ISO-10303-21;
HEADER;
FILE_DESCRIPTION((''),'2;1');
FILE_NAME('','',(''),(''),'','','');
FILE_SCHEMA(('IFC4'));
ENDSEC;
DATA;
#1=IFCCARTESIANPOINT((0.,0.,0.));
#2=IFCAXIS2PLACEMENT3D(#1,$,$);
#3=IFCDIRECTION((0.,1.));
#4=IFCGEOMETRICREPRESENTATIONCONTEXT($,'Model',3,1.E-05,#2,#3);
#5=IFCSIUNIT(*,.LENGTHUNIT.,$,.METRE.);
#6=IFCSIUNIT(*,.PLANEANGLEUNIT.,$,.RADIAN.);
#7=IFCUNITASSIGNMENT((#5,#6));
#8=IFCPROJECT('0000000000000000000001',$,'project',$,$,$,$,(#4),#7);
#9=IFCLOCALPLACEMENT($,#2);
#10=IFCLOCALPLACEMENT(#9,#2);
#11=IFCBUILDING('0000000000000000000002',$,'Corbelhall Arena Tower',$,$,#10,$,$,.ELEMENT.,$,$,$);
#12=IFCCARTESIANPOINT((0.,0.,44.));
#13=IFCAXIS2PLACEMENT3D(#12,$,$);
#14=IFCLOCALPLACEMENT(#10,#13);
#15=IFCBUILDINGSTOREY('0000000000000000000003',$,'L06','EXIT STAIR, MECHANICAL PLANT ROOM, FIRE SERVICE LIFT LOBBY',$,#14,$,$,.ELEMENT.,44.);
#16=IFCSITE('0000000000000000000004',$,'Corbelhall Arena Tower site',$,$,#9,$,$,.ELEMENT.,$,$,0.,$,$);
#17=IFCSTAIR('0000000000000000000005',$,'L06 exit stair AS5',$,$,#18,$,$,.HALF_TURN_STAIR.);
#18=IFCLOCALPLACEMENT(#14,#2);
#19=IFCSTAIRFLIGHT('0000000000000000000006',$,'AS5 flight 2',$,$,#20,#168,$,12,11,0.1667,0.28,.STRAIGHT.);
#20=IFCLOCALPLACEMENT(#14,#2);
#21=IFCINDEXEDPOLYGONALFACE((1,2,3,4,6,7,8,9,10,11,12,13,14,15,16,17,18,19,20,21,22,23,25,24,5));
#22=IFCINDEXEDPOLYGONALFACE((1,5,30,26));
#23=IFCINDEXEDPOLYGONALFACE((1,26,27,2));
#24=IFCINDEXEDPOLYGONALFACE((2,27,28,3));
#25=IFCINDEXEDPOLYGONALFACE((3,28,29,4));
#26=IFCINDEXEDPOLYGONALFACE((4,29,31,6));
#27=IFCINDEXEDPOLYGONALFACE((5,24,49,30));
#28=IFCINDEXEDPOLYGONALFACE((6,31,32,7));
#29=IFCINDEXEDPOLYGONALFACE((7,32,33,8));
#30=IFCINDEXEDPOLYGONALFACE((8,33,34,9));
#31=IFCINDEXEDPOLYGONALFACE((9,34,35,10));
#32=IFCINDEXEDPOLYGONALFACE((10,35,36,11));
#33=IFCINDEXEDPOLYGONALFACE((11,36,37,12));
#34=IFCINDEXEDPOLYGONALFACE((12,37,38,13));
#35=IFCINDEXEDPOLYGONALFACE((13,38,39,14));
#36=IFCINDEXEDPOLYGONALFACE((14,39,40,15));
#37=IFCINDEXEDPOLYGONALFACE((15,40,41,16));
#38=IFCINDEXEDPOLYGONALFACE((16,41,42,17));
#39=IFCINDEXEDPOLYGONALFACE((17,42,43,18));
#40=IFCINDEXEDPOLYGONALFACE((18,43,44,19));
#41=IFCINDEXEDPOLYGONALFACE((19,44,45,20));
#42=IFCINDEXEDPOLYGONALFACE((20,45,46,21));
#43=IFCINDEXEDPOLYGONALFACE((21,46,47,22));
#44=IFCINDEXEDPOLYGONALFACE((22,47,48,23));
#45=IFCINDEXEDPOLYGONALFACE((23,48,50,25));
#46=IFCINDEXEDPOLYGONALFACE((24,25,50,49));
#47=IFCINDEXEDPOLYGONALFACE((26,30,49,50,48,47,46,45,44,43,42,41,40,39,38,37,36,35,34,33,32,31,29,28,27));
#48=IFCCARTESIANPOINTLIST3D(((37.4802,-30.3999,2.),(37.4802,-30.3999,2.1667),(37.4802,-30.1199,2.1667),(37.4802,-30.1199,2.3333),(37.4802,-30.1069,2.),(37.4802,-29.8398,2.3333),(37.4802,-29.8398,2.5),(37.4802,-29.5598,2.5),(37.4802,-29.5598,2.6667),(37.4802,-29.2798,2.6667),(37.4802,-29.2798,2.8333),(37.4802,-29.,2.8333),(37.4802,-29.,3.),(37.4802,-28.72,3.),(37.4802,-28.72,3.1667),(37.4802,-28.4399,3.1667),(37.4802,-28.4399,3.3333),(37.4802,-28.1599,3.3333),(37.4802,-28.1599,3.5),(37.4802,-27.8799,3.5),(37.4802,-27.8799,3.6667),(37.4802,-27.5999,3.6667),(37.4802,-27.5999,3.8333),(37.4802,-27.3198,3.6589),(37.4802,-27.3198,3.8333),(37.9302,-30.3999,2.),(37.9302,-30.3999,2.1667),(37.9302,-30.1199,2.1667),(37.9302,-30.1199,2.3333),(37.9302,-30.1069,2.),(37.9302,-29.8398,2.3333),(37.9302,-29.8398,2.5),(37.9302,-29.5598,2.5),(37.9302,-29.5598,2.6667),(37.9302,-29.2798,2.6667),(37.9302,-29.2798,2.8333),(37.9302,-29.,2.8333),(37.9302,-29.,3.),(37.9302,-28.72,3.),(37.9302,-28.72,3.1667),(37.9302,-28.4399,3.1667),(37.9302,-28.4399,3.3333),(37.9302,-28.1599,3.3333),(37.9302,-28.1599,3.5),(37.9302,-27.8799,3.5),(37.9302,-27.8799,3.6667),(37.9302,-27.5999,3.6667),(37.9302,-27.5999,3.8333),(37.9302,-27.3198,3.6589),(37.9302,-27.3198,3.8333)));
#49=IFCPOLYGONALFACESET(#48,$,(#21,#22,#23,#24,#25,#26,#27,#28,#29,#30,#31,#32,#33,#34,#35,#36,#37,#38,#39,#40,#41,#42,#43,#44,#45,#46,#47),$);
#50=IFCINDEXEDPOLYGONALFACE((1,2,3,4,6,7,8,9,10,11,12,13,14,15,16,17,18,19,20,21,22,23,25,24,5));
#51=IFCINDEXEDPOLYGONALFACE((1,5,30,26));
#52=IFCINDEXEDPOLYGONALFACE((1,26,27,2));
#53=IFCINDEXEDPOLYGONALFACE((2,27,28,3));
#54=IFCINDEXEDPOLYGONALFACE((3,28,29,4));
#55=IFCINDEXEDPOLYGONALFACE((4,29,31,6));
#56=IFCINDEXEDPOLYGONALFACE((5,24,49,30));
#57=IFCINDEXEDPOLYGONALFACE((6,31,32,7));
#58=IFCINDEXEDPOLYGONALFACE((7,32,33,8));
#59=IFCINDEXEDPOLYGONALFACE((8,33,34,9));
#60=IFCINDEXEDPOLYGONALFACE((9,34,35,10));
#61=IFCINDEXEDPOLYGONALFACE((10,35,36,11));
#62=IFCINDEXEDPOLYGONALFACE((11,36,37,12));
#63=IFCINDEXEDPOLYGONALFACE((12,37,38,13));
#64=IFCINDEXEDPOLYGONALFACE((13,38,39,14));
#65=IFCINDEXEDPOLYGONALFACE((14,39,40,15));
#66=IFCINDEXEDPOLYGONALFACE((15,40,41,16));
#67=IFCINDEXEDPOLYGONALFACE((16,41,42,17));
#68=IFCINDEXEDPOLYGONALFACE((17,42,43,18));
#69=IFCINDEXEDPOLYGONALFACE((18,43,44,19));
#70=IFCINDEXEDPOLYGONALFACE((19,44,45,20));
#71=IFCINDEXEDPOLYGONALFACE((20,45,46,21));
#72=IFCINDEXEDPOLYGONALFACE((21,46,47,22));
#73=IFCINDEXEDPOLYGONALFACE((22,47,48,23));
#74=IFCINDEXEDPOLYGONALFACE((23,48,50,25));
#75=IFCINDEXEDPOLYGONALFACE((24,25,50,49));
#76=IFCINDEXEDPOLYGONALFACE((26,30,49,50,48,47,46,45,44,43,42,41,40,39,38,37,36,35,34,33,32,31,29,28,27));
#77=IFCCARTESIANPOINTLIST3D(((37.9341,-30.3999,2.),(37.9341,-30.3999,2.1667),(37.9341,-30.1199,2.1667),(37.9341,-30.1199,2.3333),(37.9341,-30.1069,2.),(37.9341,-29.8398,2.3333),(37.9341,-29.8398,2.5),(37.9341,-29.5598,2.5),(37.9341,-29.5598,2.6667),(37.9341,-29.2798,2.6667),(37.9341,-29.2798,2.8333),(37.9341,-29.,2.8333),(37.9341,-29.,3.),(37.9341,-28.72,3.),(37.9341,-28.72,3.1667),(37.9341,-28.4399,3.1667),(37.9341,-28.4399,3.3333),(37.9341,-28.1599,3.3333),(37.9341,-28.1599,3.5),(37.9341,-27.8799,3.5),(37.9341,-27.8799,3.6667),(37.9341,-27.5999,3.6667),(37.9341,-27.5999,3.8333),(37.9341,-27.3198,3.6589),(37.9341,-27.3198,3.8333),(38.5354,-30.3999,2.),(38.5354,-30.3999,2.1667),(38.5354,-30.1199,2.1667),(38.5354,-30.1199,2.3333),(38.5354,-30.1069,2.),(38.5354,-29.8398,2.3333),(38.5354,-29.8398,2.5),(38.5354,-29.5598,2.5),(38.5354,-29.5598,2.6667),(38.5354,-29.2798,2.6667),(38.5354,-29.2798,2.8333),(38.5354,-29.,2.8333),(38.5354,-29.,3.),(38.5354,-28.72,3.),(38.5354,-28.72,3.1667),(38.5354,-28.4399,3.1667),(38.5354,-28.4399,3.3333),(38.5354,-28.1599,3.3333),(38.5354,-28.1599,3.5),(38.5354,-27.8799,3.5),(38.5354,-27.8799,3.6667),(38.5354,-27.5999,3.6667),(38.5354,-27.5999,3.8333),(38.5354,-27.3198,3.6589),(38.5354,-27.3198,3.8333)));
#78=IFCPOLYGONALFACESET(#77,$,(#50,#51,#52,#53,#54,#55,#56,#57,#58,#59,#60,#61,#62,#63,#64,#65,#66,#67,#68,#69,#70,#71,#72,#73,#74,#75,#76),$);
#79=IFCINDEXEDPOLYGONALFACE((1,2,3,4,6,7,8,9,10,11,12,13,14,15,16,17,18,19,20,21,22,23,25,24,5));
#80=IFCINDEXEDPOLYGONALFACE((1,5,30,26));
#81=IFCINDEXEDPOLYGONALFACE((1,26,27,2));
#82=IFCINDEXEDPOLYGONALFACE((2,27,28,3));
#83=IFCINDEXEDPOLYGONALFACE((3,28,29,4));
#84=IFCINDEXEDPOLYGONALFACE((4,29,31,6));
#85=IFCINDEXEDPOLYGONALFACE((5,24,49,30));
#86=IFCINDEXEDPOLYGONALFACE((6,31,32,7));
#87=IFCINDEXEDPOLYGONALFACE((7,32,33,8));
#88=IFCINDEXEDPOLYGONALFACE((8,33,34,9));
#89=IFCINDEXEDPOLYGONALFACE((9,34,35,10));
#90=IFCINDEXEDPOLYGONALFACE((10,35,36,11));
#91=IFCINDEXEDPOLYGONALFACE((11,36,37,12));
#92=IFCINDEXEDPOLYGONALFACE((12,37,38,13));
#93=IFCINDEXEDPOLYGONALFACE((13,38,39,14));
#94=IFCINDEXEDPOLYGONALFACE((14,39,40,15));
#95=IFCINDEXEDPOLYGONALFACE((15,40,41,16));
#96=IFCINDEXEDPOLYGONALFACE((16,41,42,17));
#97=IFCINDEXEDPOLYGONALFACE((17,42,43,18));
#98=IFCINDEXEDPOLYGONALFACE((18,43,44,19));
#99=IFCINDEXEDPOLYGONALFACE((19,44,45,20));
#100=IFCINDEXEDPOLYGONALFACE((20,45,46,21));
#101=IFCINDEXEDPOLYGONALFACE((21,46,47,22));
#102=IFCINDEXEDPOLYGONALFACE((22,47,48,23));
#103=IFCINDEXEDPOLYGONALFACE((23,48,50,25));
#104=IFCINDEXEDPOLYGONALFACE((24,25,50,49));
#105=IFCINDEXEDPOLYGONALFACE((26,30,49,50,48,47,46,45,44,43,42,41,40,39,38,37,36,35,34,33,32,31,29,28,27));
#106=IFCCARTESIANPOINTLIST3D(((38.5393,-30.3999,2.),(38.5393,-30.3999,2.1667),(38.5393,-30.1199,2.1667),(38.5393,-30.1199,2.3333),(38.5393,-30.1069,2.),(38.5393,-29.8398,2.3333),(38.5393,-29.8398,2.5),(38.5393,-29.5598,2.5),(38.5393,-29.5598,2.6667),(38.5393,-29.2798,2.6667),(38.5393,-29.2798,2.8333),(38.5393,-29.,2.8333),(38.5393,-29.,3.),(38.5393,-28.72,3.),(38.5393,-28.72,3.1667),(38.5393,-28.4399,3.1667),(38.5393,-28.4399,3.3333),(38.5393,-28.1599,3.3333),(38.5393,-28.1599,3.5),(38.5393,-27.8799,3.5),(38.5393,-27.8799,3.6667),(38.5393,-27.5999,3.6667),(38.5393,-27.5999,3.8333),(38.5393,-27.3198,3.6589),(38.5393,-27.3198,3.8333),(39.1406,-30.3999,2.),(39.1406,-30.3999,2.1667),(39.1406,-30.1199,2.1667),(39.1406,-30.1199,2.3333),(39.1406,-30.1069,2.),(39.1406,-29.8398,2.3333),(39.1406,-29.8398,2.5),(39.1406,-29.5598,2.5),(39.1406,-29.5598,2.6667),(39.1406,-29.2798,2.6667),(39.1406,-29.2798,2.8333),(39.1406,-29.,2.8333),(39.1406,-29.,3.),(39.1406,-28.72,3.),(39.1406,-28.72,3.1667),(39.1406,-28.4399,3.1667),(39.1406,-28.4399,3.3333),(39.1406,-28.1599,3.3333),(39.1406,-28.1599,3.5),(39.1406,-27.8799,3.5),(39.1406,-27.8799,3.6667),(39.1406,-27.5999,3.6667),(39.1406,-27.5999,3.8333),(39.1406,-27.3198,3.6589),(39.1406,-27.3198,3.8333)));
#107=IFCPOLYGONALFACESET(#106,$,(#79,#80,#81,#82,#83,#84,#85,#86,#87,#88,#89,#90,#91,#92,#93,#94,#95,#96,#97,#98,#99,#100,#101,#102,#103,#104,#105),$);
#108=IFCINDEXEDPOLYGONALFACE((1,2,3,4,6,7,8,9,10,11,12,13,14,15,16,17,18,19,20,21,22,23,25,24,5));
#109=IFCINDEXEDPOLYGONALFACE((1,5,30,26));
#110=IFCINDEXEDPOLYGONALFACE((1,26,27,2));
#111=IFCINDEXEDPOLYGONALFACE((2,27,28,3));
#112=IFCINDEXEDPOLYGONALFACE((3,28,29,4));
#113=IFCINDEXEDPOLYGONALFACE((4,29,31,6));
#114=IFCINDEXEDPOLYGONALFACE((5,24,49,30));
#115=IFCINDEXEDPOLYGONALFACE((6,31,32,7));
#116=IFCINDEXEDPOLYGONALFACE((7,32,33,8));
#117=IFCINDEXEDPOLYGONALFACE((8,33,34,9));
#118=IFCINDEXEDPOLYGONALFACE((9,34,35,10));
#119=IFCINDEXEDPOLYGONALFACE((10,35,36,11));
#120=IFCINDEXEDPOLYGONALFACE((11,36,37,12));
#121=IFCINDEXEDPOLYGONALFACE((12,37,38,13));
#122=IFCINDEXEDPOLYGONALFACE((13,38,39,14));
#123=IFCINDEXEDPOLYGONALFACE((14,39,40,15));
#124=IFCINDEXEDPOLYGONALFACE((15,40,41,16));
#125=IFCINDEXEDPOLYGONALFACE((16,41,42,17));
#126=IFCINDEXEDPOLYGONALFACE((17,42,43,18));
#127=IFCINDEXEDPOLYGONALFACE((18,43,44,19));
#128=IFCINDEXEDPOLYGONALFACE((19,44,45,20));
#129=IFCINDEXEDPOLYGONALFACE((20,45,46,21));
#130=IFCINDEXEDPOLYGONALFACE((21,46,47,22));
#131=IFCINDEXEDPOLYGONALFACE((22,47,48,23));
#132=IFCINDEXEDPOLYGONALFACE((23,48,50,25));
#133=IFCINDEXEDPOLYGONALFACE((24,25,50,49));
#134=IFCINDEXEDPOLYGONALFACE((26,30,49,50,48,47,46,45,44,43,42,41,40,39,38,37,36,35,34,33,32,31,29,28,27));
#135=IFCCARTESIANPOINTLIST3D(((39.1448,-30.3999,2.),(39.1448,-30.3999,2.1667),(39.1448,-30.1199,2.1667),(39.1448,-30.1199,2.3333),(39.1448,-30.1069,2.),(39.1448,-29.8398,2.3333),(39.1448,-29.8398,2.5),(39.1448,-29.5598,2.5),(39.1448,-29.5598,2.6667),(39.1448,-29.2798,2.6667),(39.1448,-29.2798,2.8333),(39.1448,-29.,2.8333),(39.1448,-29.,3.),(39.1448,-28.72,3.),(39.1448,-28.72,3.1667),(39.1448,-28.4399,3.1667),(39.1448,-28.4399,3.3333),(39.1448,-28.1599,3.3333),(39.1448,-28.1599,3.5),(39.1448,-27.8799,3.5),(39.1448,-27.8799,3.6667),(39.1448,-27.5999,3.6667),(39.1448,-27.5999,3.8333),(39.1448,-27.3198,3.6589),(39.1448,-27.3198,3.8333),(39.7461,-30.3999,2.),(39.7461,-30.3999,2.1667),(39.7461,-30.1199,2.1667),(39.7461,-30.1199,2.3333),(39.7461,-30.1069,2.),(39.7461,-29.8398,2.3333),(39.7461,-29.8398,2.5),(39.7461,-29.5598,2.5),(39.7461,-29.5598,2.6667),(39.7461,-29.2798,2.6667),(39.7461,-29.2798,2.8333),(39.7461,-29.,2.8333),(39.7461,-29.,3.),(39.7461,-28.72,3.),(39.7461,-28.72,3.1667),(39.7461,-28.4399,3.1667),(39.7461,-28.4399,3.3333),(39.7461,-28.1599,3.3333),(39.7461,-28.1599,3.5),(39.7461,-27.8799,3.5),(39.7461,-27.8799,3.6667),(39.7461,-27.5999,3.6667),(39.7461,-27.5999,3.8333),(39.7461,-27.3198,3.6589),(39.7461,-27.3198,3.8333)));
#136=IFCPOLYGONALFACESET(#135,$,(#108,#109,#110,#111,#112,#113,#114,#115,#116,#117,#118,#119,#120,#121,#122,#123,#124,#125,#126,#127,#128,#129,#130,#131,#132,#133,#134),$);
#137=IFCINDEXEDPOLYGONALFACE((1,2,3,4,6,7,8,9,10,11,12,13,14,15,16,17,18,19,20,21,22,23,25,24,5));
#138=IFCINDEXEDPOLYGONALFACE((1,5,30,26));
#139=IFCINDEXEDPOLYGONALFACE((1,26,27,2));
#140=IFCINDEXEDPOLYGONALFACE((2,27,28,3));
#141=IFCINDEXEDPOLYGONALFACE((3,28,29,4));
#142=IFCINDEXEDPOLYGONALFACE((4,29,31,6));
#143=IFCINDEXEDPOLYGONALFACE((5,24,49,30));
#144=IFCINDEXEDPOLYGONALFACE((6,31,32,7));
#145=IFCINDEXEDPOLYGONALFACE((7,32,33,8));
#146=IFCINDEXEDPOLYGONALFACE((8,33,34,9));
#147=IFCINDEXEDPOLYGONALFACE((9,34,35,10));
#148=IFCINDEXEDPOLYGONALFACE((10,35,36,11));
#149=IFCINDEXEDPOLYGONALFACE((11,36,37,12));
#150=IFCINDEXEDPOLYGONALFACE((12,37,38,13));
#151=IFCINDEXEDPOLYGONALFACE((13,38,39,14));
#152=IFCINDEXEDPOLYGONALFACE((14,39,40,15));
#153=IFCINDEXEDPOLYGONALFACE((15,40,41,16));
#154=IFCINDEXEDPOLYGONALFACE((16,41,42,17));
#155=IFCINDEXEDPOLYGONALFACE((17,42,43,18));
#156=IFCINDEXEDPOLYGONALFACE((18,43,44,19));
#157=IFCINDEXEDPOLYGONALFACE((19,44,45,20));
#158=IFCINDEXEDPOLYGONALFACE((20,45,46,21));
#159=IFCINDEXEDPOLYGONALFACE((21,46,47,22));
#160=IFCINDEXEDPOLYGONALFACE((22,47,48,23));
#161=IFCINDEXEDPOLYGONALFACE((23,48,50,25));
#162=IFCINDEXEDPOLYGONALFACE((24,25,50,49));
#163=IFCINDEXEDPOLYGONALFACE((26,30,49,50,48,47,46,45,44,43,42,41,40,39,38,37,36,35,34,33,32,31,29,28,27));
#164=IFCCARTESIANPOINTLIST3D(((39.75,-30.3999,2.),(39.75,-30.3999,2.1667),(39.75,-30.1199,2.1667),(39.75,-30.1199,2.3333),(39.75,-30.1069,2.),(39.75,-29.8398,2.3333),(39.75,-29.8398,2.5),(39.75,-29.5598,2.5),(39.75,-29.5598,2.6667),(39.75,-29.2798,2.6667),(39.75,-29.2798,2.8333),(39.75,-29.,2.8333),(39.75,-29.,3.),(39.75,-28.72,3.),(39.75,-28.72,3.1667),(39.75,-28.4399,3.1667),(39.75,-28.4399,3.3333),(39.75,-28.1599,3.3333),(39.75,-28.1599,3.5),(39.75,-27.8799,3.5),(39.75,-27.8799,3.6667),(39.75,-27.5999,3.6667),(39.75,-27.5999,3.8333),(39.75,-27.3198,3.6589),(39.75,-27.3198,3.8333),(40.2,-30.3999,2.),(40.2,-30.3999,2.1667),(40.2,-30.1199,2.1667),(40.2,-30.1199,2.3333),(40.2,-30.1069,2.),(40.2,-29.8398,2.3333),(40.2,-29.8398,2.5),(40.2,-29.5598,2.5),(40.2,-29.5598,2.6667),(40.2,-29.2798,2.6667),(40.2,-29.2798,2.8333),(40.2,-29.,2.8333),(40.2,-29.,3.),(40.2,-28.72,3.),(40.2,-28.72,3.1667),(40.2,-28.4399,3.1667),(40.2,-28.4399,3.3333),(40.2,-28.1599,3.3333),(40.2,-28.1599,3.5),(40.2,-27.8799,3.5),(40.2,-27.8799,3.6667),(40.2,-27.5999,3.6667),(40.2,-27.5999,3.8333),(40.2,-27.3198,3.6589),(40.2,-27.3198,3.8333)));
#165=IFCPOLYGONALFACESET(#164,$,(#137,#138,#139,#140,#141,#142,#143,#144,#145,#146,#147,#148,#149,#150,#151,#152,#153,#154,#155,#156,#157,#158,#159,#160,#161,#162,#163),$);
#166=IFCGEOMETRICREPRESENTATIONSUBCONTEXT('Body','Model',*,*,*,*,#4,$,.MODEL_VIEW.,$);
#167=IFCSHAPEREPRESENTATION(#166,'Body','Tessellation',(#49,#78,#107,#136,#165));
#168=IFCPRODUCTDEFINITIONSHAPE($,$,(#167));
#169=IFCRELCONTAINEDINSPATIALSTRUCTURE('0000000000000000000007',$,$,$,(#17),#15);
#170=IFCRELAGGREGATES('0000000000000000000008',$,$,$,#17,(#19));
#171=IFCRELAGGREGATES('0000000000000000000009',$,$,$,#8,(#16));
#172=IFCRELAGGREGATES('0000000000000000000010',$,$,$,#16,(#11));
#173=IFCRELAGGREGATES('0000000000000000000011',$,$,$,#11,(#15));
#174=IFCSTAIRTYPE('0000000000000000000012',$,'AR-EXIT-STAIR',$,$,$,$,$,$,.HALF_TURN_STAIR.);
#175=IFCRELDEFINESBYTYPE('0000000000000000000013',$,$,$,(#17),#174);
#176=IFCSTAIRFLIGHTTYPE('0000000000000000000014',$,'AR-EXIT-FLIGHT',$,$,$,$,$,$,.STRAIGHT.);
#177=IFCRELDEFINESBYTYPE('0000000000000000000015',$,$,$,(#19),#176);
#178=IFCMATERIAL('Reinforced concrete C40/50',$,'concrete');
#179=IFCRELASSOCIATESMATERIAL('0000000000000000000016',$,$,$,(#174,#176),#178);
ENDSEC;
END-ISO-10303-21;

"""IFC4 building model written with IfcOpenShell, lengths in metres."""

from ifc_helpers import new_model, si_unit, direction, frame, origin, place, context, subcontext, project, spatial, polyline, outline, extrude, material, type_object, element, aggregate, save


model = new_model("IFC4")

# Units and contexts
model_context = context("Model", 3, precision=1e-05, world=origin(), true_north=direction((0.0, 1.0)))
body_context = subcontext(model_context, "Body", "Model", "MODEL_VIEW")
ifc_project = project(units=[si_unit("LENGTHUNIT", "METRE"), si_unit("PLANEANGLEUNIT", "RADIAN")], contexts=[model_context])

# Site, building, storey
site_placement = place(None, origin())
site = spatial("IfcSite", under=ifc_project, at=site_placement, Name="Corbelhall Arena Tower site", CompositionType="ELEMENT", RefElevation=0.0)
building_placement = place(site_placement, origin())
building = spatial("IfcBuilding", under=site, at=building_placement, Name="Corbelhall Arena Tower", CompositionType="ELEMENT")
storey_placement = place(building_placement, frame((0.0, 0.0, 44.0)))
storey = spatial("IfcBuildingStorey", under=building, at=storey_placement, Name="L06", Description="EXIT STAIR, MECHANICAL PLANT ROOM, FIRE SERVICE LIFT LOBBY", CompositionType="ELEMENT", Elevation=44.0)

# Shared definitions
ifc_material_1 = material(Name="Reinforced concrete C40/50", Category="concrete")

# Stair, stair flight
stair_type = type_object("IfcStairType", Name="AR-EXIT-STAIR", PredefinedType="HALF_TURN_STAIR", material=ifc_material_1)
stair_1_placement = place(storey_placement, origin())
stair_1 = element("IfcStair", 1, at=stair_1_placement, inside=storey, type_object=stair_type, Name="L06 exit stair AS5", PredefinedType="HALF_TURN_STAIR")
stair_flight_type = type_object("IfcStairFlightType", Name="AR-EXIT-FLIGHT", PredefinedType="STRAIGHT", material=ifc_material_1)
stair_flight_1_placement = place(storey_placement, frame((38.8401, -30.3999, 2.0), z_axis=(0.0, 0.0, 1.0), x_axis=(0.0, 1.0, 0.0)))
stair_flight_1 = element("IfcStairFlight", 2, at=stair_flight_1_placement, type_object=stair_flight_type, Name="AS5 flight 2", NumberOfRisers=12, NumberOfTreads=11, PredefinedType="STRAIGHT", RiserHeight=0.1667, TreadLength=0.28, context=body_context, shape_type="SweptSolid", body=[
    extrude(outline(polyline([(0.0, 0.0), (0.0, 0.1667), (0.28, 0.1667), (0.28, 0.3333), (0.5601, 0.3333), (0.5601, 0.5), (0.8401, 0.5), (0.8401, 0.6667), (1.1201, 0.6667), (1.1201, 0.8333), (1.3999, 0.8333), (1.3999, 1.0), (1.6799, 1.0), (1.6799, 1.1667), (1.96, 1.1667), (1.96, 1.3333), (2.24, 1.3333), (2.24, 1.5), (2.52, 1.5), (2.52, 1.6667), (2.8, 1.6667), (2.8, 1.8333), (3.0801, 1.8333), (3.0801, 2.0), (3.0801, 1.6589), (0.293, 0.0), (0.0, 0.0)])), frame((0.0, 1.3599, 0.0), z_axis=(0.0, -1.0, 0.0), x_axis=(1.0, 0.0, 0.0)), (0.0, 0.0, 1.0), 0.45),
    extrude(outline(polyline([(0.0, 0.0), (0.0, 0.1667), (0.28, 0.1667), (0.28, 0.3333), (0.5601, 0.3333), (0.5601, 0.5), (0.8401, 0.5), (0.8401, 0.6667), (1.1201, 0.6667), (1.1201, 0.8333), (1.3999, 0.8333), (1.3999, 1.0), (1.6799, 1.0), (1.6799, 1.1667), (1.96, 1.1667), (1.96, 1.3333), (2.24, 1.3333), (2.24, 1.5), (2.52, 1.5), (2.52, 1.6667), (2.8, 1.6667), (2.8, 1.8333), (3.0801, 1.8333), (3.0801, 2.0), (3.0801, 1.6589), (0.293, 0.0), (0.0, 0.0)])), frame((0.0, 0.906, 0.0), z_axis=(0.0, -1.0, 0.0), x_axis=(1.0, 0.0, 0.0)), (0.0, 0.0, 1.0), 0.6013),
    extrude(outline(polyline([(0.0, 0.0), (0.0, 0.1667), (0.28, 0.1667), (0.28, 0.3333), (0.5601, 0.3333), (0.5601, 0.5), (0.8401, 0.5), (0.8401, 0.6667), (1.1201, 0.6667), (1.1201, 0.8333), (1.3999, 0.8333), (1.3999, 1.0), (1.6799, 1.0), (1.6799, 1.1667), (1.96, 1.1667), (1.96, 1.3333), (2.24, 1.3333), (2.24, 1.5), (2.52, 1.5), (2.52, 1.6667), (2.8, 1.6667), (2.8, 1.8333), (3.0801, 1.8333), (3.0801, 2.0), (3.0801, 1.6589), (0.293, 0.0), (0.0, 0.0)])), frame((0.0, 0.3008, 0.0), z_axis=(0.0, -1.0, 0.0), x_axis=(1.0, 0.0, 0.0)), (0.0, 0.0, 1.0), 0.6013),
    extrude(outline(polyline([(0.0, 0.0), (0.0, 0.1667), (0.28, 0.1667), (0.28, 0.3333), (0.5601, 0.3333), (0.5601, 0.5), (0.8401, 0.5), (0.8401, 0.6667), (1.1201, 0.6667), (1.1201, 0.8333), (1.3999, 0.8333), (1.3999, 1.0), (1.6799, 1.0), (1.6799, 1.1667), (1.96, 1.1667), (1.96, 1.3333), (2.24, 1.3333), (2.24, 1.5), (2.52, 1.5), (2.52, 1.6667), (2.8, 1.6667), (2.8, 1.8333), (3.0801, 1.8333), (3.0801, 2.0), (3.0801, 1.6589), (0.293, 0.0), (0.0, 0.0)])), frame((0.0, -0.3047, 0.0), z_axis=(0.0, -1.0, 0.0), x_axis=(1.0, 0.0, 0.0)), (0.0, 0.0, 1.0), 0.6013),
    extrude(outline(polyline([(0.0, 0.0), (0.0, 0.1667), (0.28, 0.1667), (0.28, 0.3333), (0.5601, 0.3333), (0.5601, 0.5), (0.8401, 0.5), (0.8401, 0.6667), (1.1201, 0.6667), (1.1201, 0.8333), (1.3999, 0.8333), (1.3999, 1.0), (1.6799, 1.0), (1.6799, 1.1667), (1.96, 1.1667), (1.96, 1.3333), (2.24, 1.3333), (2.24, 1.5), (2.52, 1.5), (2.52, 1.6667), (2.8, 1.6667), (2.8, 1.8333), (3.0801, 1.8333), (3.0801, 2.0), (3.0801, 1.6589), (0.293, 0.0), (0.0, 0.0)])), frame((0.0, -0.9099, 0.0), z_axis=(0.0, -1.0, 0.0), x_axis=(1.0, 0.0, 0.0)), (0.0, 0.0, 1.0), 0.45),
])
aggregate(stair_1, [stair_flight_1])

save(model, "model.ifc")
